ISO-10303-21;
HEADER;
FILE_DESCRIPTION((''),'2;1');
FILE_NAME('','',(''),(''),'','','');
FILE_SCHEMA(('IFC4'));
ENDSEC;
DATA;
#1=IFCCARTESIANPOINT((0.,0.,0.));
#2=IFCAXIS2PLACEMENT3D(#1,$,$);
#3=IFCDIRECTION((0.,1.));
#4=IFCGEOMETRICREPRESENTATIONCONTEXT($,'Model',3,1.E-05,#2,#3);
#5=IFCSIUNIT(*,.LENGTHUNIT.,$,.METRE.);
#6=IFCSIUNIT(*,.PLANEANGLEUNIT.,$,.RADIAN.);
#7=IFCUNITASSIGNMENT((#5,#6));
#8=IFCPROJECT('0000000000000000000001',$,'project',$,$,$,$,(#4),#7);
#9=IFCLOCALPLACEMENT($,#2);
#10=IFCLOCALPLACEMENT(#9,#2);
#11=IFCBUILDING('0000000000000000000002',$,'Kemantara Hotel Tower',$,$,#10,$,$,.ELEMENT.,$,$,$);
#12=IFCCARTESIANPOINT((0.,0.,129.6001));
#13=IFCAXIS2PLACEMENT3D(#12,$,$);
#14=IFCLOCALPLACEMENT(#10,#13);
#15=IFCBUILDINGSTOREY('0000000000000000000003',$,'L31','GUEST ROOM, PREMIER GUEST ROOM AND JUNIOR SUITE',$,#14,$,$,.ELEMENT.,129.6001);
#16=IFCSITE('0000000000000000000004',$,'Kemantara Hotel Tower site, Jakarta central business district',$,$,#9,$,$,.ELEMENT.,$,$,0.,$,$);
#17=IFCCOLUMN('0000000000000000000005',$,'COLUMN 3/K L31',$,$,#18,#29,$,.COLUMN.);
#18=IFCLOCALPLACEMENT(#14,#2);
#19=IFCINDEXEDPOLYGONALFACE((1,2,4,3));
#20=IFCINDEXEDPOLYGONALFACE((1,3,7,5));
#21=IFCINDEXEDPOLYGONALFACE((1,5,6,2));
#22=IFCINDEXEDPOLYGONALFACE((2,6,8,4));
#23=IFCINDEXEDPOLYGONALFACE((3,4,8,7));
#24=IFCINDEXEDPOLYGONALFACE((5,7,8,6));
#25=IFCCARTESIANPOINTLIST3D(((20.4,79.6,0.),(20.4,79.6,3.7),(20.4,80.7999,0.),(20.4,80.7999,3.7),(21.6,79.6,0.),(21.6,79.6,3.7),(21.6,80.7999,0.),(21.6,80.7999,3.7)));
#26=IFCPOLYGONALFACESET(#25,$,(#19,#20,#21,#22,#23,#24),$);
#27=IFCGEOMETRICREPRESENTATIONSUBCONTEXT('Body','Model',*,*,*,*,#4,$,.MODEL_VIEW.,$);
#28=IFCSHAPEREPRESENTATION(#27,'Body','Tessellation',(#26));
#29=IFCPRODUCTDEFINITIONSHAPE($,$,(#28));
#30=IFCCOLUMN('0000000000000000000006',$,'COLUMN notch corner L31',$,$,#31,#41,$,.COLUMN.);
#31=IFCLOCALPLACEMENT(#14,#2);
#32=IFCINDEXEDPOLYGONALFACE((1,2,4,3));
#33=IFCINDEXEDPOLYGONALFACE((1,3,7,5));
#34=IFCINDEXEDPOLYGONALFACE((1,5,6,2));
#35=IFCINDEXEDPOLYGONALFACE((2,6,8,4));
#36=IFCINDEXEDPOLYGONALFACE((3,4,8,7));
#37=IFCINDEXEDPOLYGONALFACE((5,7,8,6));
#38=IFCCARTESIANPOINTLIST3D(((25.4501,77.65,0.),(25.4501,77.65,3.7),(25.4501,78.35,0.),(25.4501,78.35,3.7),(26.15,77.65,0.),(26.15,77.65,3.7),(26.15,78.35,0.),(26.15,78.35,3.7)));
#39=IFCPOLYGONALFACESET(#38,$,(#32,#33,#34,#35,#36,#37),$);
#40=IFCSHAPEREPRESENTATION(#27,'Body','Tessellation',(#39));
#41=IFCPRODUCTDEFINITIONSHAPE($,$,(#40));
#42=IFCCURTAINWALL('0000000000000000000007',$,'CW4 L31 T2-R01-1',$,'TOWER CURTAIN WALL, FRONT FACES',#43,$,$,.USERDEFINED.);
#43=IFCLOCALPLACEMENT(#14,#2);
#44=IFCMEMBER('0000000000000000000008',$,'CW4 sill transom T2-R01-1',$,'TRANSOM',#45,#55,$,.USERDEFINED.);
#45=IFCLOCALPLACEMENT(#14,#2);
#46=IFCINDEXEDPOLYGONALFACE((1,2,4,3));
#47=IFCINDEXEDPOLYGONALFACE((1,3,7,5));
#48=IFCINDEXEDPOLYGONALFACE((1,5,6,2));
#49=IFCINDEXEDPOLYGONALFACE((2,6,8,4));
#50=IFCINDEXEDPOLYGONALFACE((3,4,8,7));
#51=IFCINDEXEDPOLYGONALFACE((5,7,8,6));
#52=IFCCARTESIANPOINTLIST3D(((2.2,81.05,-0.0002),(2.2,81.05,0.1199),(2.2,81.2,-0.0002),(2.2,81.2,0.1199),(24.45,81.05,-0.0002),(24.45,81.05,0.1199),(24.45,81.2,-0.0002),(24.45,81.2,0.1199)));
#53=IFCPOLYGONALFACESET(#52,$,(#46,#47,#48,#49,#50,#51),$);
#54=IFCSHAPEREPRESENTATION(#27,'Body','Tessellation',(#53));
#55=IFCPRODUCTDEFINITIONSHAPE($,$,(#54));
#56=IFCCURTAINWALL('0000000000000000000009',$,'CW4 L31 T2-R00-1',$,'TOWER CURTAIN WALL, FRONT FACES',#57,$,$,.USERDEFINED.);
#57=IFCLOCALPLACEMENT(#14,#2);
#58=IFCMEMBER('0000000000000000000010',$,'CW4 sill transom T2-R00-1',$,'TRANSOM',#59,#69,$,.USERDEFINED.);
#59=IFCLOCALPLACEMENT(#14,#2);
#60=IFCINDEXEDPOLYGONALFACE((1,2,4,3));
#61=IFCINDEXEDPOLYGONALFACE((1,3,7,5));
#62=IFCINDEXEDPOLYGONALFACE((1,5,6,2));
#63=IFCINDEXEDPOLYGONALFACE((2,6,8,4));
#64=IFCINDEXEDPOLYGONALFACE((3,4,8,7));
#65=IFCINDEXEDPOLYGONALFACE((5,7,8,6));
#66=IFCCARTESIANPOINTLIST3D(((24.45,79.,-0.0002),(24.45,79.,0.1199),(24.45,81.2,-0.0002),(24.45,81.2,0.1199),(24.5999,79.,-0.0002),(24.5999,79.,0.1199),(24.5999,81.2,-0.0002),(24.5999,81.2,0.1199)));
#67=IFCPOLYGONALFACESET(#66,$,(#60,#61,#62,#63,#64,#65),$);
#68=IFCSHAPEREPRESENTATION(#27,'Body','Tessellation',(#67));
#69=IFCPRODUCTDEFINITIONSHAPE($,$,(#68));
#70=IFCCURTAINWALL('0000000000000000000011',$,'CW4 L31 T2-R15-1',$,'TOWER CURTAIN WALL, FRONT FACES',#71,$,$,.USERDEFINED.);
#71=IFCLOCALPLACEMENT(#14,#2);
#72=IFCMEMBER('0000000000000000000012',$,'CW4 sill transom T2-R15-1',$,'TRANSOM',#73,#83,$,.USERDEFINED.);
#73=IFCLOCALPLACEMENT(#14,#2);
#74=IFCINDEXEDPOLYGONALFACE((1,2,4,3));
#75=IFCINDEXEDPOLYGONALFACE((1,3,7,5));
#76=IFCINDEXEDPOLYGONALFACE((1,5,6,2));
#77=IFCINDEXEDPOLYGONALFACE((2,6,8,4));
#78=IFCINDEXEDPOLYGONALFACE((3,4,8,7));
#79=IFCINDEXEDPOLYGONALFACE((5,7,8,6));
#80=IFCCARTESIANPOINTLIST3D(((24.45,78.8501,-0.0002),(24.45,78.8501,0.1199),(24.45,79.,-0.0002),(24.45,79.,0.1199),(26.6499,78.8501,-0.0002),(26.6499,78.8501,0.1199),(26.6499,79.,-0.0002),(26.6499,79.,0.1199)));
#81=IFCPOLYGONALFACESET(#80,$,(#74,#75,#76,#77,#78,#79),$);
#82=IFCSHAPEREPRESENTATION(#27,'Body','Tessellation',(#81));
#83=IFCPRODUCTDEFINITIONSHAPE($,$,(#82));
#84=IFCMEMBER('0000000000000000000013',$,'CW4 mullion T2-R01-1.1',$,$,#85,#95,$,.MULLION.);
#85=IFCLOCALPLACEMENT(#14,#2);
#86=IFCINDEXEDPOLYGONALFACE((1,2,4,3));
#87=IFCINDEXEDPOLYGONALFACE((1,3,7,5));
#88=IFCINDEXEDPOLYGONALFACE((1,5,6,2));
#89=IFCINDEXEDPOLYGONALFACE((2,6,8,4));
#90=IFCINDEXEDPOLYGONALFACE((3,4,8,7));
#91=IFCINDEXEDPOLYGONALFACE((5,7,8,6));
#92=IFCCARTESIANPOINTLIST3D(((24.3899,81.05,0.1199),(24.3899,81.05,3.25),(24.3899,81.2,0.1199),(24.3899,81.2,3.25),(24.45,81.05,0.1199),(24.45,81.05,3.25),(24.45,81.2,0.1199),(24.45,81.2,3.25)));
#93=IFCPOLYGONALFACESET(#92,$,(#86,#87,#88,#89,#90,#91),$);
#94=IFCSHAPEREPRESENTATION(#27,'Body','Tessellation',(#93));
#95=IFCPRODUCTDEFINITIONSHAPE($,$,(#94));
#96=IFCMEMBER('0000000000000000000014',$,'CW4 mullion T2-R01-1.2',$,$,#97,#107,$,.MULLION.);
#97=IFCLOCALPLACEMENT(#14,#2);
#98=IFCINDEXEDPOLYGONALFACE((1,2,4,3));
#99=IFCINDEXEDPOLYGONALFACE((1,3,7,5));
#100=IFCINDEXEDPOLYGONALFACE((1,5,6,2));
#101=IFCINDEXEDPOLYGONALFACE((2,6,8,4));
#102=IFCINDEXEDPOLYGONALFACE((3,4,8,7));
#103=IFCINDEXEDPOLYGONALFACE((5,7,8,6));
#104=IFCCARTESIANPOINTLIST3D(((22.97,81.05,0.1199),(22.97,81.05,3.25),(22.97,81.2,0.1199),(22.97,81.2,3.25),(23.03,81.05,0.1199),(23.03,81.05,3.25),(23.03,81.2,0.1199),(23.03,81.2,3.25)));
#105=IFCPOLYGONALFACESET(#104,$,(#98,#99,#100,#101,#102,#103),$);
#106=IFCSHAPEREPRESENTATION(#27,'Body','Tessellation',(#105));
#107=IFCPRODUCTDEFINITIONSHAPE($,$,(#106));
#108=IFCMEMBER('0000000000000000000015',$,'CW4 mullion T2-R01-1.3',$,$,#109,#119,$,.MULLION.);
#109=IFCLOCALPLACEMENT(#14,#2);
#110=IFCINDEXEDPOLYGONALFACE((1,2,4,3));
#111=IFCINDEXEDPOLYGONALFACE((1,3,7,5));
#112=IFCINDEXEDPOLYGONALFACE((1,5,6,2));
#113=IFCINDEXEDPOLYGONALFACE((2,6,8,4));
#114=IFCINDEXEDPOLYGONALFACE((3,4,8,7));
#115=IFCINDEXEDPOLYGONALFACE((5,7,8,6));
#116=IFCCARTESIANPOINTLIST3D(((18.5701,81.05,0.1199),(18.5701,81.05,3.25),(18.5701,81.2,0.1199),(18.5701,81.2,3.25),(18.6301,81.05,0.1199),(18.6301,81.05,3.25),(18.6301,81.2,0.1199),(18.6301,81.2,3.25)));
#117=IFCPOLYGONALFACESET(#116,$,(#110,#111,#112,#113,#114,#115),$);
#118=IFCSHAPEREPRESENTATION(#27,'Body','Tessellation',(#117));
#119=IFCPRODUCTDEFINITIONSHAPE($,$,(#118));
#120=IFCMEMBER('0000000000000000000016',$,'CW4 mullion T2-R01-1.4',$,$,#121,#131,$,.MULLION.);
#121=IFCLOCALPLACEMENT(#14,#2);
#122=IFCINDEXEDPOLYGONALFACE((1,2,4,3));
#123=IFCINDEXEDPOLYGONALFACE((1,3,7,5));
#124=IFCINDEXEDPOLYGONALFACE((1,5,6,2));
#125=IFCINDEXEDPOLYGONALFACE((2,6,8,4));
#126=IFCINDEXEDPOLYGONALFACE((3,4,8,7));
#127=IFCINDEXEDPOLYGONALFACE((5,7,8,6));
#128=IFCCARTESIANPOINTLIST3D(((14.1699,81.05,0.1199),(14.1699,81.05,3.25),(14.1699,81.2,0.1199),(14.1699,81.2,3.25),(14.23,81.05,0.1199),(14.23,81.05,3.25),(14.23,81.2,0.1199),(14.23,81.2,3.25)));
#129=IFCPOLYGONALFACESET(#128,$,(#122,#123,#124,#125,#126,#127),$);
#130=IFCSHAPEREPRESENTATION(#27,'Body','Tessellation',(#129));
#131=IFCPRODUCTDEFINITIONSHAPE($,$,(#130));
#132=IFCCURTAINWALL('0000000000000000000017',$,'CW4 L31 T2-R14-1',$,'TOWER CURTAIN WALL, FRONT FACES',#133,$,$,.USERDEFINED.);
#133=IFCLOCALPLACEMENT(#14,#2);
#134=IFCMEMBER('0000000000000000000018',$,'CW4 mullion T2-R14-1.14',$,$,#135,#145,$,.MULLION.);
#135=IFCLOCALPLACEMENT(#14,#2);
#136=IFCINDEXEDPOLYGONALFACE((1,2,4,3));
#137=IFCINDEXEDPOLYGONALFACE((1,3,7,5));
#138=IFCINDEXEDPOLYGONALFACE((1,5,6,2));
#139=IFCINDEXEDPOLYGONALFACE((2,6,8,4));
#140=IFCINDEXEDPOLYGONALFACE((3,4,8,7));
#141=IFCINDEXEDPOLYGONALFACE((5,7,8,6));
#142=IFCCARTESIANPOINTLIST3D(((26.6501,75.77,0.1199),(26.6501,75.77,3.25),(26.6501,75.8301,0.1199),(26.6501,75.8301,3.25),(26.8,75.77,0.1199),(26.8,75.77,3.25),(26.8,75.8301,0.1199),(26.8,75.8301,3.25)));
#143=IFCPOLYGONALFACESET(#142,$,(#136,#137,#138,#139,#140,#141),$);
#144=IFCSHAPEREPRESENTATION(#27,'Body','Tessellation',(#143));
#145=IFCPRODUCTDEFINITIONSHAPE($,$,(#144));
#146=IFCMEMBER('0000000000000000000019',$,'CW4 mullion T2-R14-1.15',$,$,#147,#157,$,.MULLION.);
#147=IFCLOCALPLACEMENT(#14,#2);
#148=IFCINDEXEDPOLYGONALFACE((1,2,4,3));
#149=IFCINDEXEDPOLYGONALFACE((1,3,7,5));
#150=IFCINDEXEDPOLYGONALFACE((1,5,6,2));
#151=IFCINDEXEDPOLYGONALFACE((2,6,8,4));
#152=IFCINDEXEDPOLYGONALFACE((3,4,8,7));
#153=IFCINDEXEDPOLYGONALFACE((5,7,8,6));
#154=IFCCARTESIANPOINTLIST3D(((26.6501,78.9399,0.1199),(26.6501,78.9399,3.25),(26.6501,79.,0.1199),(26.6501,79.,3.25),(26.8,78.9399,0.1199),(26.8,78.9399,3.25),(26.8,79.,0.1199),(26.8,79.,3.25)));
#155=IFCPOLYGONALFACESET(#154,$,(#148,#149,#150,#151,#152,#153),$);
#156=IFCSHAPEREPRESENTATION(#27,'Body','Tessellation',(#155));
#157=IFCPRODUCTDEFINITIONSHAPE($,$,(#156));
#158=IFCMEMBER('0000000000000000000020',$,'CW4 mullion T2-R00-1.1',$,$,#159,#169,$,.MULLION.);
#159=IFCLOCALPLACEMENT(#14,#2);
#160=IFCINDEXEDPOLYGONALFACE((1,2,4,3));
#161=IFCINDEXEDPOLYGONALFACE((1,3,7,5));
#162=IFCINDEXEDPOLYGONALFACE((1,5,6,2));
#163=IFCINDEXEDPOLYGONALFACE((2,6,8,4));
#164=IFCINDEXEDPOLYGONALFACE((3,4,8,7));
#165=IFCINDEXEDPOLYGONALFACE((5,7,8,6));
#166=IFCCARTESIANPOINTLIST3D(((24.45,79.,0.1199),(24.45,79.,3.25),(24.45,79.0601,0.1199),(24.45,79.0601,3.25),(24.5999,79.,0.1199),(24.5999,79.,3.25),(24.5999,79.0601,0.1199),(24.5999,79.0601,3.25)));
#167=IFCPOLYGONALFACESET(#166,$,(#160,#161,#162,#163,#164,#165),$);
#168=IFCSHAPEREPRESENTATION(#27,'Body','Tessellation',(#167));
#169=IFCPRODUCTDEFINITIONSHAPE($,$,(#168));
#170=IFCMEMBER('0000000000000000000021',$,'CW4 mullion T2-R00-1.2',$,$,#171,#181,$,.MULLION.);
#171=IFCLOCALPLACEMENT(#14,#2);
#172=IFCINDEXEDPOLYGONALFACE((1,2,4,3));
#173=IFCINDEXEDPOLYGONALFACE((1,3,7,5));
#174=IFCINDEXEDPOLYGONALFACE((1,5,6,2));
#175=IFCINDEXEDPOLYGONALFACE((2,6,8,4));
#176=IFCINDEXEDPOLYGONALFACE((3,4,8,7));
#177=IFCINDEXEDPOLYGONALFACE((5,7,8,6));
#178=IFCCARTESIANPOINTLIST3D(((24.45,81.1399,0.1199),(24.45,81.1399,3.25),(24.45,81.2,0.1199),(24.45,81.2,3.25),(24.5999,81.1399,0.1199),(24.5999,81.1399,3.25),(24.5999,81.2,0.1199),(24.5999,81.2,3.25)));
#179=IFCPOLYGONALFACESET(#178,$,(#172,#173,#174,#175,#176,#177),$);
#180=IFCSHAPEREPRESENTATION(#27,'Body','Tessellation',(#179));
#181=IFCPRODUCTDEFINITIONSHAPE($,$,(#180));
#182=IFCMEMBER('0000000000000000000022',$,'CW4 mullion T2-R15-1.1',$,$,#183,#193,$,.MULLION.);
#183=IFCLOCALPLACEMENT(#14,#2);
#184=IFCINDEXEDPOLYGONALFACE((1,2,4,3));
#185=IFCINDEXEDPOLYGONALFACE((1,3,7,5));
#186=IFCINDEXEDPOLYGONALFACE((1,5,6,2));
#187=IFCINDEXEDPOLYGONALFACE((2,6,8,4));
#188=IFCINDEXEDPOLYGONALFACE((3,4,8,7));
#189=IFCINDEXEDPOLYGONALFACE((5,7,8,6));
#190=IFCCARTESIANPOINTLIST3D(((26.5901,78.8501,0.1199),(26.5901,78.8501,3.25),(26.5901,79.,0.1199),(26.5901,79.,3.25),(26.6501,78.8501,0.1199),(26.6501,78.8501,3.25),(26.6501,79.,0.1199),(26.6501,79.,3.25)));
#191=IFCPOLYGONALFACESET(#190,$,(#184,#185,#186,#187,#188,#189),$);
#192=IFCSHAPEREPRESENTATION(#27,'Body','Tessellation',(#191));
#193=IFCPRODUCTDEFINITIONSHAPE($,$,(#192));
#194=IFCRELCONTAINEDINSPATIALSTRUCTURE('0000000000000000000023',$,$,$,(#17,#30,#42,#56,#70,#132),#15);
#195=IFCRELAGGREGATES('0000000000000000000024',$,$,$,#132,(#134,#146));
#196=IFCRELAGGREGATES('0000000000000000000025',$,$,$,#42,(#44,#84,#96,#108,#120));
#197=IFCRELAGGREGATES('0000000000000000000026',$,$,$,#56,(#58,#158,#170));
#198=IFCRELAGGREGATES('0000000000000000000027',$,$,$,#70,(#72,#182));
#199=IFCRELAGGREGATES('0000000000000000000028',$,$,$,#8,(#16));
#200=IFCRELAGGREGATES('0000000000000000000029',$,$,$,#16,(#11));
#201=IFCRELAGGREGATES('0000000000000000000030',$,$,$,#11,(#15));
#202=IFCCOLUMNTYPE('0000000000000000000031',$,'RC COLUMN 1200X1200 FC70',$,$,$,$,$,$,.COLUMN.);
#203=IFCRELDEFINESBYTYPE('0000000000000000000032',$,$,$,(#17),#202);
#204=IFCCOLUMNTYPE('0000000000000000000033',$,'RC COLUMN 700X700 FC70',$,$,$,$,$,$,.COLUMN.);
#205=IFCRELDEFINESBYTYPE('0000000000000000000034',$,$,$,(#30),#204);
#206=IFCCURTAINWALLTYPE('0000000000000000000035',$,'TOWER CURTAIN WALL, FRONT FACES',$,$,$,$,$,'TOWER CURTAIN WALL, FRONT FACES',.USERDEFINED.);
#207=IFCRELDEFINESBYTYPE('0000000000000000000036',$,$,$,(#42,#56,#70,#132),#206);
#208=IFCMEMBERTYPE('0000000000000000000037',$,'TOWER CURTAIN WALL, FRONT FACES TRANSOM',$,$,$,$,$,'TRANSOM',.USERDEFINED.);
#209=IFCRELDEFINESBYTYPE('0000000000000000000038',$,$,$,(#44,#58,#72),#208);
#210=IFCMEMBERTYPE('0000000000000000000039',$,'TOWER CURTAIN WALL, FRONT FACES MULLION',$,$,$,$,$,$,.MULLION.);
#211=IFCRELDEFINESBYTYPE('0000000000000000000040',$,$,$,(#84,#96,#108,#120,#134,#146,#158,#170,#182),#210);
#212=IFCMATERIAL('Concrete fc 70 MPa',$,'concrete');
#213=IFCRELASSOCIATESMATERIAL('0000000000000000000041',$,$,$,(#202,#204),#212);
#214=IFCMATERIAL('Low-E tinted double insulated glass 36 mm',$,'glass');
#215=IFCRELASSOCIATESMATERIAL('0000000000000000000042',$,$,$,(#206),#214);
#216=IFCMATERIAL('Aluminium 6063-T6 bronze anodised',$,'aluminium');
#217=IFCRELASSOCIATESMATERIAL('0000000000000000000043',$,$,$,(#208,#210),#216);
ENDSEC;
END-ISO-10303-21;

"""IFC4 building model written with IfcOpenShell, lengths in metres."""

from ifc_helpers import new_model, si_unit, direction, frame, origin, origin_2d, place, context, subcontext, project, spatial, rectangle, extrude, source, transform, mapped, material, material_profile, profile_set, type_object, element, aggregate, save


model = new_model("IFC4")

# Units and contexts
model_context = context("Model", 3, precision=1e-05, world=origin(), true_north=direction((0.0, 1.0)))
body_context = subcontext(model_context, "Body", "Model", "MODEL_VIEW")
ifc_project = project(units=[si_unit("LENGTHUNIT", "METRE"), si_unit("PLANEANGLEUNIT", "RADIAN")], contexts=[model_context])

# Site, building, storey
site_placement = place(None, origin())
site = spatial("IfcSite", under=ifc_project, at=site_placement, Name="Kemantara Hotel Tower site, Jakarta central business district", CompositionType="ELEMENT", RefElevation=0.0)
building_placement = place(site_placement, origin())
building = spatial("IfcBuilding", under=site, at=building_placement, Name="Kemantara Hotel Tower", CompositionType="ELEMENT")
storey_placement = place(building_placement, frame((0.0, 0.0, 129.6001)))
storey = spatial("IfcBuildingStorey", under=building, at=storey_placement, Name="L31", Description="GUEST ROOM, PREMIER GUEST ROOM AND JUNIOR SUITE", CompositionType="ELEMENT", Elevation=129.6001)

# Columns
ifc_material_1 = material(Name="Concrete fc 70 MPa", Category="concrete")
ifc_material_profile_1 = material_profile(ifc_material_1, rectangle(XDim=1.2, YDim=1.2, at=origin_2d()), Name="RC 1200X1200")
ifc_profile_set_1 = profile_set([ifc_material_profile_1], Name="Concrete fc 70 MPa")
column_type_1 = type_object("IfcColumnType", Name="RC COLUMN 1200X1200 FC70", PredefinedType="COLUMN", material=ifc_profile_set_1)
column_1_placement = place(storey_placement, frame((21.0, 80.2, 0.0), z_axis=(0.0, 0.0, 1.0), x_axis=(1.0, 0.0, 0.0)))
element("IfcColumn", 1, at=column_1_placement, inside=storey, type_object=column_type_1, Name="COLUMN 3/K L31", PredefinedType="COLUMN", context=body_context, shape_type="SweptSolid", body=[
    extrude(rectangle(XDim=1.2, YDim=1.2, at=origin_2d()), origin(), (0.0, 0.0, 1.0), 3.7),
])
ifc_material_profile_2 = material_profile(ifc_material_1, rectangle(XDim=0.7, YDim=0.7, at=origin_2d()), Name="RC 700X700")
ifc_profile_set_2 = profile_set([ifc_material_profile_2], Name="Concrete fc 70 MPa")
column_type_2 = type_object("IfcColumnType", Name="RC COLUMN 700X700 FC70", PredefinedType="COLUMN", material=ifc_profile_set_2)
column_2_placement = place(storey_placement, frame((25.8, 78.0, 0.0), z_axis=(0.0, 0.0, 1.0), x_axis=(1.0, 0.0, 0.0)))
element("IfcColumn", 2, at=column_2_placement, inside=storey, type_object=column_type_2, Name="COLUMN notch corner L31", PredefinedType="COLUMN", context=body_context, shape_type="SweptSolid", body=[
    extrude(rectangle(XDim=0.7, YDim=0.7, at=origin_2d()), origin(), (0.0, 0.0, 1.0), 3.7),
])

# Curtain walls, members
ifc_material_2 = material(Name="Low-E tinted double insulated glass 36 mm", Category="glass")
curtain_wall_type = type_object("IfcCurtainWallType", Name="TOWER CURTAIN WALL, FRONT FACES", ElementType="TOWER CURTAIN WALL, FRONT FACES", PredefinedType="USERDEFINED", material=ifc_material_2)
curtain_wall_1_placement = place(storey_placement, origin())
curtain_wall_1 = element("IfcCurtainWall", 3, at=curtain_wall_1_placement, inside=storey, type_object=curtain_wall_type, Name="CW4 L31 T2-R01-1", ObjectType="TOWER CURTAIN WALL, FRONT FACES", PredefinedType="USERDEFINED")
ifc_material_3 = material(Name="Aluminium 6063-T6 bronze anodised", Category="aluminium")
ifc_material_profile_3 = material_profile(ifc_material_3, rectangle(XDim=0.1499, YDim=0.1201, at=origin_2d()), Name="TOWER CURTAIN WALL, FRONT FACES TRANSOM")
ifc_profile_set_3 = profile_set([ifc_material_profile_3], Name="Aluminium 6063-T6 bronze anodised")
member_type_1 = type_object("IfcMemberType", Name="TOWER CURTAIN WALL, FRONT FACES TRANSOM", ElementType="TRANSOM", PredefinedType="USERDEFINED", material=ifc_profile_set_3)
member_1_placement = place(storey_placement, frame((24.45, 81.125, 0.0598), z_axis=(-1.0, 0.0, 0.0), x_axis=(0.0, -1.0, 0.0)))
member_1 = element("IfcMember", 4, at=member_1_placement, type_object=member_type_1, Name="CW4 sill transom T2-R01-1", ObjectType="TRANSOM", PredefinedType="USERDEFINED", context=body_context, shape_type="SweptSolid", body=[
    extrude(rectangle(XDim=0.1499, YDim=0.1201, at=origin_2d()), origin(), (0.0, 0.0, 1.0), 22.25),
])
curtain_wall_2_placement = place(storey_placement, origin())
curtain_wall_2 = element("IfcCurtainWall", 5, at=curtain_wall_2_placement, inside=storey, type_object=curtain_wall_type, Name="CW4 L31 T2-R00-1", ObjectType="TOWER CURTAIN WALL, FRONT FACES", PredefinedType="USERDEFINED")
member_2_placement = place(storey_placement, frame((24.5249, 79.0, 0.0598), z_axis=(0.0, 1.0, 0.0), x_axis=(-1.0, 0.0, 0.0)))
member_2 = element("IfcMember", 6, at=member_2_placement, type_object=member_type_1, Name="CW4 sill transom T2-R00-1", ObjectType="TRANSOM", PredefinedType="USERDEFINED", context=body_context, shape_type="SweptSolid", body=[
    extrude(rectangle(XDim=0.1499, YDim=0.1201, at=origin_2d()), origin(), (0.0, 0.0, 1.0), 2.2),
])
curtain_wall_3_placement = place(storey_placement, origin())
curtain_wall_3 = element("IfcCurtainWall", 7, at=curtain_wall_3_placement, inside=storey, type_object=curtain_wall_type, Name="CW4 L31 T2-R15-1", ObjectType="TOWER CURTAIN WALL, FRONT FACES", PredefinedType="USERDEFINED")
member_3_placement = place(storey_placement, frame((26.6499, 78.925, 0.0598), z_axis=(-1.0, 0.0, 0.0), x_axis=(0.0, -1.0, 0.0)))
member_3 = element("IfcMember", 8, at=member_3_placement, type_object=member_type_1, Name="CW4 sill transom T2-R15-1", ObjectType="TRANSOM", PredefinedType="USERDEFINED", context=body_context, shape_type="SweptSolid", body=[
    extrude(rectangle(XDim=0.1499, YDim=0.1201, at=origin_2d()), origin(), (0.0, 0.0, 1.0), 2.2),
])

# Members
ifc_material_profile_4 = material_profile(ifc_material_3, rectangle(XDim=0.1499, YDim=0.0601, at=origin_2d()), Name="TOWER CURTAIN WALL, FRONT FACES MULLION")
ifc_profile_set_4 = profile_set([ifc_material_profile_4], Name="Aluminium 6063-T6 bronze anodised")
member_type_2 = type_object("IfcMemberType", Name="TOWER CURTAIN WALL, FRONT FACES MULLION", PredefinedType="MULLION", material=ifc_profile_set_4)
shared_shape_1 = source(origin(), body_context, "Body", "SweptSolid", [
    extrude(rectangle(XDim=0.1499, YDim=0.0601, at=origin_2d()), origin(), (0.0, 0.0, 1.0), 3.1301),
])
member_4_placement = place(storey_placement, frame((24.4199, 81.125, 0.1199), z_axis=(0.0, 0.0, 1.0), x_axis=(0.0, -1.0, 0.0)))
member_4 = element("IfcMember", 9, at=member_4_placement, type_object=member_type_2, Name="CW4 mullion T2-R01-1.1", PredefinedType="MULLION", context=body_context, shape_type="MappedRepresentation", body=[
    mapped(shared_shape_1, transform((0.0, 0.0, 0.0))),
])
member_5_placement = place(storey_placement, frame((23.0, 81.125, 0.1199), z_axis=(0.0, 0.0, 1.0), x_axis=(0.0, -1.0, 0.0)))
member_5 = element("IfcMember", 10, at=member_5_placement, type_object=member_type_2, Name="CW4 mullion T2-R01-1.2", PredefinedType="MULLION", context=body_context, shape_type="MappedRepresentation", body=[
    mapped(shared_shape_1, transform((0.0, 0.0, 0.0))),
])
member_6_placement = place(storey_placement, frame((18.6001, 81.125, 0.1199), z_axis=(0.0, 0.0, 1.0), x_axis=(0.0, -1.0, 0.0)))
member_6 = element("IfcMember", 11, at=member_6_placement, type_object=member_type_2, Name="CW4 mullion T2-R01-1.3", PredefinedType="MULLION", context=body_context, shape_type="MappedRepresentation", body=[
    mapped(shared_shape_1, transform((0.0, 0.0, 0.0))),
])
member_7_placement = place(storey_placement, frame((14.2, 81.125, 0.1199), z_axis=(0.0, 0.0, 1.0), x_axis=(0.0, -1.0, 0.0)))
member_7 = element("IfcMember", 12, at=member_7_placement, type_object=member_type_2, Name="CW4 mullion T2-R01-1.4", PredefinedType="MULLION", context=body_context, shape_type="MappedRepresentation", body=[
    mapped(shared_shape_1, transform((0.0, 0.0, 0.0))),
])

# Curtain wall, members
curtain_wall_4_placement = place(storey_placement, origin())
curtain_wall_4 = element("IfcCurtainWall", 13, at=curtain_wall_4_placement, inside=storey, type_object=curtain_wall_type, Name="CW4 L31 T2-R14-1", ObjectType="TOWER CURTAIN WALL, FRONT FACES", PredefinedType="USERDEFINED")
member_8_placement = place(storey_placement, frame((26.7251, 75.8, 0.1199), z_axis=(0.0, 0.0, 1.0), x_axis=(-1.0, 0.0, 0.0)))
member_8 = element("IfcMember", 14, at=member_8_placement, type_object=member_type_2, Name="CW4 mullion T2-R14-1.14", PredefinedType="MULLION", context=body_context, shape_type="MappedRepresentation", body=[
    mapped(shared_shape_1, transform((0.0, 0.0, 0.0))),
])
member_9_placement = place(storey_placement, frame((26.7251, 78.97, 0.1199), z_axis=(0.0, 0.0, 1.0), x_axis=(-1.0, 0.0, 0.0)))
member_9 = element("IfcMember", 15, at=member_9_placement, type_object=member_type_2, Name="CW4 mullion T2-R14-1.15", PredefinedType="MULLION", context=body_context, shape_type="MappedRepresentation", body=[
    mapped(shared_shape_1, transform((0.0, 0.0, 0.0))),
])

# Members
member_10_placement = place(storey_placement, frame((24.5249, 79.03, 0.1199), z_axis=(0.0, 0.0, 1.0), x_axis=(-1.0, 0.0, 0.0)))
member_10 = element("IfcMember", 16, at=member_10_placement, type_object=member_type_2, Name="CW4 mullion T2-R00-1.1", PredefinedType="MULLION", context=body_context, shape_type="MappedRepresentation", body=[
    mapped(shared_shape_1, transform((0.0, 0.0, 0.0))),
])
member_11_placement = place(storey_placement, frame((24.5249, 81.1699, 0.1199), z_axis=(0.0, 0.0, 1.0), x_axis=(-1.0, 0.0, 0.0)))
member_11 = element("IfcMember", 17, at=member_11_placement, type_object=member_type_2, Name="CW4 mullion T2-R00-1.2", PredefinedType="MULLION", context=body_context, shape_type="MappedRepresentation", body=[
    mapped(shared_shape_1, transform((0.0, 0.0, 0.0))),
])
member_12_placement = place(storey_placement, frame((26.6201, 78.925, 0.1199), z_axis=(0.0, 0.0, 1.0), x_axis=(0.0, -1.0, 0.0)))
member_12 = element("IfcMember", 18, at=member_12_placement, type_object=member_type_2, Name="CW4 mullion T2-R15-1.1", PredefinedType="MULLION", context=body_context, shape_type="MappedRepresentation", body=[
    mapped(shared_shape_1, transform((0.0, 0.0, 0.0))),
])

aggregate(curtain_wall_4, [member_8, member_9])
aggregate(curtain_wall_1, [member_1, member_4, member_5, member_6, member_7])
aggregate(curtain_wall_2, [member_2, member_10, member_11])
aggregate(curtain_wall_3, [member_3, member_12])

save(model, "model.ifc")
